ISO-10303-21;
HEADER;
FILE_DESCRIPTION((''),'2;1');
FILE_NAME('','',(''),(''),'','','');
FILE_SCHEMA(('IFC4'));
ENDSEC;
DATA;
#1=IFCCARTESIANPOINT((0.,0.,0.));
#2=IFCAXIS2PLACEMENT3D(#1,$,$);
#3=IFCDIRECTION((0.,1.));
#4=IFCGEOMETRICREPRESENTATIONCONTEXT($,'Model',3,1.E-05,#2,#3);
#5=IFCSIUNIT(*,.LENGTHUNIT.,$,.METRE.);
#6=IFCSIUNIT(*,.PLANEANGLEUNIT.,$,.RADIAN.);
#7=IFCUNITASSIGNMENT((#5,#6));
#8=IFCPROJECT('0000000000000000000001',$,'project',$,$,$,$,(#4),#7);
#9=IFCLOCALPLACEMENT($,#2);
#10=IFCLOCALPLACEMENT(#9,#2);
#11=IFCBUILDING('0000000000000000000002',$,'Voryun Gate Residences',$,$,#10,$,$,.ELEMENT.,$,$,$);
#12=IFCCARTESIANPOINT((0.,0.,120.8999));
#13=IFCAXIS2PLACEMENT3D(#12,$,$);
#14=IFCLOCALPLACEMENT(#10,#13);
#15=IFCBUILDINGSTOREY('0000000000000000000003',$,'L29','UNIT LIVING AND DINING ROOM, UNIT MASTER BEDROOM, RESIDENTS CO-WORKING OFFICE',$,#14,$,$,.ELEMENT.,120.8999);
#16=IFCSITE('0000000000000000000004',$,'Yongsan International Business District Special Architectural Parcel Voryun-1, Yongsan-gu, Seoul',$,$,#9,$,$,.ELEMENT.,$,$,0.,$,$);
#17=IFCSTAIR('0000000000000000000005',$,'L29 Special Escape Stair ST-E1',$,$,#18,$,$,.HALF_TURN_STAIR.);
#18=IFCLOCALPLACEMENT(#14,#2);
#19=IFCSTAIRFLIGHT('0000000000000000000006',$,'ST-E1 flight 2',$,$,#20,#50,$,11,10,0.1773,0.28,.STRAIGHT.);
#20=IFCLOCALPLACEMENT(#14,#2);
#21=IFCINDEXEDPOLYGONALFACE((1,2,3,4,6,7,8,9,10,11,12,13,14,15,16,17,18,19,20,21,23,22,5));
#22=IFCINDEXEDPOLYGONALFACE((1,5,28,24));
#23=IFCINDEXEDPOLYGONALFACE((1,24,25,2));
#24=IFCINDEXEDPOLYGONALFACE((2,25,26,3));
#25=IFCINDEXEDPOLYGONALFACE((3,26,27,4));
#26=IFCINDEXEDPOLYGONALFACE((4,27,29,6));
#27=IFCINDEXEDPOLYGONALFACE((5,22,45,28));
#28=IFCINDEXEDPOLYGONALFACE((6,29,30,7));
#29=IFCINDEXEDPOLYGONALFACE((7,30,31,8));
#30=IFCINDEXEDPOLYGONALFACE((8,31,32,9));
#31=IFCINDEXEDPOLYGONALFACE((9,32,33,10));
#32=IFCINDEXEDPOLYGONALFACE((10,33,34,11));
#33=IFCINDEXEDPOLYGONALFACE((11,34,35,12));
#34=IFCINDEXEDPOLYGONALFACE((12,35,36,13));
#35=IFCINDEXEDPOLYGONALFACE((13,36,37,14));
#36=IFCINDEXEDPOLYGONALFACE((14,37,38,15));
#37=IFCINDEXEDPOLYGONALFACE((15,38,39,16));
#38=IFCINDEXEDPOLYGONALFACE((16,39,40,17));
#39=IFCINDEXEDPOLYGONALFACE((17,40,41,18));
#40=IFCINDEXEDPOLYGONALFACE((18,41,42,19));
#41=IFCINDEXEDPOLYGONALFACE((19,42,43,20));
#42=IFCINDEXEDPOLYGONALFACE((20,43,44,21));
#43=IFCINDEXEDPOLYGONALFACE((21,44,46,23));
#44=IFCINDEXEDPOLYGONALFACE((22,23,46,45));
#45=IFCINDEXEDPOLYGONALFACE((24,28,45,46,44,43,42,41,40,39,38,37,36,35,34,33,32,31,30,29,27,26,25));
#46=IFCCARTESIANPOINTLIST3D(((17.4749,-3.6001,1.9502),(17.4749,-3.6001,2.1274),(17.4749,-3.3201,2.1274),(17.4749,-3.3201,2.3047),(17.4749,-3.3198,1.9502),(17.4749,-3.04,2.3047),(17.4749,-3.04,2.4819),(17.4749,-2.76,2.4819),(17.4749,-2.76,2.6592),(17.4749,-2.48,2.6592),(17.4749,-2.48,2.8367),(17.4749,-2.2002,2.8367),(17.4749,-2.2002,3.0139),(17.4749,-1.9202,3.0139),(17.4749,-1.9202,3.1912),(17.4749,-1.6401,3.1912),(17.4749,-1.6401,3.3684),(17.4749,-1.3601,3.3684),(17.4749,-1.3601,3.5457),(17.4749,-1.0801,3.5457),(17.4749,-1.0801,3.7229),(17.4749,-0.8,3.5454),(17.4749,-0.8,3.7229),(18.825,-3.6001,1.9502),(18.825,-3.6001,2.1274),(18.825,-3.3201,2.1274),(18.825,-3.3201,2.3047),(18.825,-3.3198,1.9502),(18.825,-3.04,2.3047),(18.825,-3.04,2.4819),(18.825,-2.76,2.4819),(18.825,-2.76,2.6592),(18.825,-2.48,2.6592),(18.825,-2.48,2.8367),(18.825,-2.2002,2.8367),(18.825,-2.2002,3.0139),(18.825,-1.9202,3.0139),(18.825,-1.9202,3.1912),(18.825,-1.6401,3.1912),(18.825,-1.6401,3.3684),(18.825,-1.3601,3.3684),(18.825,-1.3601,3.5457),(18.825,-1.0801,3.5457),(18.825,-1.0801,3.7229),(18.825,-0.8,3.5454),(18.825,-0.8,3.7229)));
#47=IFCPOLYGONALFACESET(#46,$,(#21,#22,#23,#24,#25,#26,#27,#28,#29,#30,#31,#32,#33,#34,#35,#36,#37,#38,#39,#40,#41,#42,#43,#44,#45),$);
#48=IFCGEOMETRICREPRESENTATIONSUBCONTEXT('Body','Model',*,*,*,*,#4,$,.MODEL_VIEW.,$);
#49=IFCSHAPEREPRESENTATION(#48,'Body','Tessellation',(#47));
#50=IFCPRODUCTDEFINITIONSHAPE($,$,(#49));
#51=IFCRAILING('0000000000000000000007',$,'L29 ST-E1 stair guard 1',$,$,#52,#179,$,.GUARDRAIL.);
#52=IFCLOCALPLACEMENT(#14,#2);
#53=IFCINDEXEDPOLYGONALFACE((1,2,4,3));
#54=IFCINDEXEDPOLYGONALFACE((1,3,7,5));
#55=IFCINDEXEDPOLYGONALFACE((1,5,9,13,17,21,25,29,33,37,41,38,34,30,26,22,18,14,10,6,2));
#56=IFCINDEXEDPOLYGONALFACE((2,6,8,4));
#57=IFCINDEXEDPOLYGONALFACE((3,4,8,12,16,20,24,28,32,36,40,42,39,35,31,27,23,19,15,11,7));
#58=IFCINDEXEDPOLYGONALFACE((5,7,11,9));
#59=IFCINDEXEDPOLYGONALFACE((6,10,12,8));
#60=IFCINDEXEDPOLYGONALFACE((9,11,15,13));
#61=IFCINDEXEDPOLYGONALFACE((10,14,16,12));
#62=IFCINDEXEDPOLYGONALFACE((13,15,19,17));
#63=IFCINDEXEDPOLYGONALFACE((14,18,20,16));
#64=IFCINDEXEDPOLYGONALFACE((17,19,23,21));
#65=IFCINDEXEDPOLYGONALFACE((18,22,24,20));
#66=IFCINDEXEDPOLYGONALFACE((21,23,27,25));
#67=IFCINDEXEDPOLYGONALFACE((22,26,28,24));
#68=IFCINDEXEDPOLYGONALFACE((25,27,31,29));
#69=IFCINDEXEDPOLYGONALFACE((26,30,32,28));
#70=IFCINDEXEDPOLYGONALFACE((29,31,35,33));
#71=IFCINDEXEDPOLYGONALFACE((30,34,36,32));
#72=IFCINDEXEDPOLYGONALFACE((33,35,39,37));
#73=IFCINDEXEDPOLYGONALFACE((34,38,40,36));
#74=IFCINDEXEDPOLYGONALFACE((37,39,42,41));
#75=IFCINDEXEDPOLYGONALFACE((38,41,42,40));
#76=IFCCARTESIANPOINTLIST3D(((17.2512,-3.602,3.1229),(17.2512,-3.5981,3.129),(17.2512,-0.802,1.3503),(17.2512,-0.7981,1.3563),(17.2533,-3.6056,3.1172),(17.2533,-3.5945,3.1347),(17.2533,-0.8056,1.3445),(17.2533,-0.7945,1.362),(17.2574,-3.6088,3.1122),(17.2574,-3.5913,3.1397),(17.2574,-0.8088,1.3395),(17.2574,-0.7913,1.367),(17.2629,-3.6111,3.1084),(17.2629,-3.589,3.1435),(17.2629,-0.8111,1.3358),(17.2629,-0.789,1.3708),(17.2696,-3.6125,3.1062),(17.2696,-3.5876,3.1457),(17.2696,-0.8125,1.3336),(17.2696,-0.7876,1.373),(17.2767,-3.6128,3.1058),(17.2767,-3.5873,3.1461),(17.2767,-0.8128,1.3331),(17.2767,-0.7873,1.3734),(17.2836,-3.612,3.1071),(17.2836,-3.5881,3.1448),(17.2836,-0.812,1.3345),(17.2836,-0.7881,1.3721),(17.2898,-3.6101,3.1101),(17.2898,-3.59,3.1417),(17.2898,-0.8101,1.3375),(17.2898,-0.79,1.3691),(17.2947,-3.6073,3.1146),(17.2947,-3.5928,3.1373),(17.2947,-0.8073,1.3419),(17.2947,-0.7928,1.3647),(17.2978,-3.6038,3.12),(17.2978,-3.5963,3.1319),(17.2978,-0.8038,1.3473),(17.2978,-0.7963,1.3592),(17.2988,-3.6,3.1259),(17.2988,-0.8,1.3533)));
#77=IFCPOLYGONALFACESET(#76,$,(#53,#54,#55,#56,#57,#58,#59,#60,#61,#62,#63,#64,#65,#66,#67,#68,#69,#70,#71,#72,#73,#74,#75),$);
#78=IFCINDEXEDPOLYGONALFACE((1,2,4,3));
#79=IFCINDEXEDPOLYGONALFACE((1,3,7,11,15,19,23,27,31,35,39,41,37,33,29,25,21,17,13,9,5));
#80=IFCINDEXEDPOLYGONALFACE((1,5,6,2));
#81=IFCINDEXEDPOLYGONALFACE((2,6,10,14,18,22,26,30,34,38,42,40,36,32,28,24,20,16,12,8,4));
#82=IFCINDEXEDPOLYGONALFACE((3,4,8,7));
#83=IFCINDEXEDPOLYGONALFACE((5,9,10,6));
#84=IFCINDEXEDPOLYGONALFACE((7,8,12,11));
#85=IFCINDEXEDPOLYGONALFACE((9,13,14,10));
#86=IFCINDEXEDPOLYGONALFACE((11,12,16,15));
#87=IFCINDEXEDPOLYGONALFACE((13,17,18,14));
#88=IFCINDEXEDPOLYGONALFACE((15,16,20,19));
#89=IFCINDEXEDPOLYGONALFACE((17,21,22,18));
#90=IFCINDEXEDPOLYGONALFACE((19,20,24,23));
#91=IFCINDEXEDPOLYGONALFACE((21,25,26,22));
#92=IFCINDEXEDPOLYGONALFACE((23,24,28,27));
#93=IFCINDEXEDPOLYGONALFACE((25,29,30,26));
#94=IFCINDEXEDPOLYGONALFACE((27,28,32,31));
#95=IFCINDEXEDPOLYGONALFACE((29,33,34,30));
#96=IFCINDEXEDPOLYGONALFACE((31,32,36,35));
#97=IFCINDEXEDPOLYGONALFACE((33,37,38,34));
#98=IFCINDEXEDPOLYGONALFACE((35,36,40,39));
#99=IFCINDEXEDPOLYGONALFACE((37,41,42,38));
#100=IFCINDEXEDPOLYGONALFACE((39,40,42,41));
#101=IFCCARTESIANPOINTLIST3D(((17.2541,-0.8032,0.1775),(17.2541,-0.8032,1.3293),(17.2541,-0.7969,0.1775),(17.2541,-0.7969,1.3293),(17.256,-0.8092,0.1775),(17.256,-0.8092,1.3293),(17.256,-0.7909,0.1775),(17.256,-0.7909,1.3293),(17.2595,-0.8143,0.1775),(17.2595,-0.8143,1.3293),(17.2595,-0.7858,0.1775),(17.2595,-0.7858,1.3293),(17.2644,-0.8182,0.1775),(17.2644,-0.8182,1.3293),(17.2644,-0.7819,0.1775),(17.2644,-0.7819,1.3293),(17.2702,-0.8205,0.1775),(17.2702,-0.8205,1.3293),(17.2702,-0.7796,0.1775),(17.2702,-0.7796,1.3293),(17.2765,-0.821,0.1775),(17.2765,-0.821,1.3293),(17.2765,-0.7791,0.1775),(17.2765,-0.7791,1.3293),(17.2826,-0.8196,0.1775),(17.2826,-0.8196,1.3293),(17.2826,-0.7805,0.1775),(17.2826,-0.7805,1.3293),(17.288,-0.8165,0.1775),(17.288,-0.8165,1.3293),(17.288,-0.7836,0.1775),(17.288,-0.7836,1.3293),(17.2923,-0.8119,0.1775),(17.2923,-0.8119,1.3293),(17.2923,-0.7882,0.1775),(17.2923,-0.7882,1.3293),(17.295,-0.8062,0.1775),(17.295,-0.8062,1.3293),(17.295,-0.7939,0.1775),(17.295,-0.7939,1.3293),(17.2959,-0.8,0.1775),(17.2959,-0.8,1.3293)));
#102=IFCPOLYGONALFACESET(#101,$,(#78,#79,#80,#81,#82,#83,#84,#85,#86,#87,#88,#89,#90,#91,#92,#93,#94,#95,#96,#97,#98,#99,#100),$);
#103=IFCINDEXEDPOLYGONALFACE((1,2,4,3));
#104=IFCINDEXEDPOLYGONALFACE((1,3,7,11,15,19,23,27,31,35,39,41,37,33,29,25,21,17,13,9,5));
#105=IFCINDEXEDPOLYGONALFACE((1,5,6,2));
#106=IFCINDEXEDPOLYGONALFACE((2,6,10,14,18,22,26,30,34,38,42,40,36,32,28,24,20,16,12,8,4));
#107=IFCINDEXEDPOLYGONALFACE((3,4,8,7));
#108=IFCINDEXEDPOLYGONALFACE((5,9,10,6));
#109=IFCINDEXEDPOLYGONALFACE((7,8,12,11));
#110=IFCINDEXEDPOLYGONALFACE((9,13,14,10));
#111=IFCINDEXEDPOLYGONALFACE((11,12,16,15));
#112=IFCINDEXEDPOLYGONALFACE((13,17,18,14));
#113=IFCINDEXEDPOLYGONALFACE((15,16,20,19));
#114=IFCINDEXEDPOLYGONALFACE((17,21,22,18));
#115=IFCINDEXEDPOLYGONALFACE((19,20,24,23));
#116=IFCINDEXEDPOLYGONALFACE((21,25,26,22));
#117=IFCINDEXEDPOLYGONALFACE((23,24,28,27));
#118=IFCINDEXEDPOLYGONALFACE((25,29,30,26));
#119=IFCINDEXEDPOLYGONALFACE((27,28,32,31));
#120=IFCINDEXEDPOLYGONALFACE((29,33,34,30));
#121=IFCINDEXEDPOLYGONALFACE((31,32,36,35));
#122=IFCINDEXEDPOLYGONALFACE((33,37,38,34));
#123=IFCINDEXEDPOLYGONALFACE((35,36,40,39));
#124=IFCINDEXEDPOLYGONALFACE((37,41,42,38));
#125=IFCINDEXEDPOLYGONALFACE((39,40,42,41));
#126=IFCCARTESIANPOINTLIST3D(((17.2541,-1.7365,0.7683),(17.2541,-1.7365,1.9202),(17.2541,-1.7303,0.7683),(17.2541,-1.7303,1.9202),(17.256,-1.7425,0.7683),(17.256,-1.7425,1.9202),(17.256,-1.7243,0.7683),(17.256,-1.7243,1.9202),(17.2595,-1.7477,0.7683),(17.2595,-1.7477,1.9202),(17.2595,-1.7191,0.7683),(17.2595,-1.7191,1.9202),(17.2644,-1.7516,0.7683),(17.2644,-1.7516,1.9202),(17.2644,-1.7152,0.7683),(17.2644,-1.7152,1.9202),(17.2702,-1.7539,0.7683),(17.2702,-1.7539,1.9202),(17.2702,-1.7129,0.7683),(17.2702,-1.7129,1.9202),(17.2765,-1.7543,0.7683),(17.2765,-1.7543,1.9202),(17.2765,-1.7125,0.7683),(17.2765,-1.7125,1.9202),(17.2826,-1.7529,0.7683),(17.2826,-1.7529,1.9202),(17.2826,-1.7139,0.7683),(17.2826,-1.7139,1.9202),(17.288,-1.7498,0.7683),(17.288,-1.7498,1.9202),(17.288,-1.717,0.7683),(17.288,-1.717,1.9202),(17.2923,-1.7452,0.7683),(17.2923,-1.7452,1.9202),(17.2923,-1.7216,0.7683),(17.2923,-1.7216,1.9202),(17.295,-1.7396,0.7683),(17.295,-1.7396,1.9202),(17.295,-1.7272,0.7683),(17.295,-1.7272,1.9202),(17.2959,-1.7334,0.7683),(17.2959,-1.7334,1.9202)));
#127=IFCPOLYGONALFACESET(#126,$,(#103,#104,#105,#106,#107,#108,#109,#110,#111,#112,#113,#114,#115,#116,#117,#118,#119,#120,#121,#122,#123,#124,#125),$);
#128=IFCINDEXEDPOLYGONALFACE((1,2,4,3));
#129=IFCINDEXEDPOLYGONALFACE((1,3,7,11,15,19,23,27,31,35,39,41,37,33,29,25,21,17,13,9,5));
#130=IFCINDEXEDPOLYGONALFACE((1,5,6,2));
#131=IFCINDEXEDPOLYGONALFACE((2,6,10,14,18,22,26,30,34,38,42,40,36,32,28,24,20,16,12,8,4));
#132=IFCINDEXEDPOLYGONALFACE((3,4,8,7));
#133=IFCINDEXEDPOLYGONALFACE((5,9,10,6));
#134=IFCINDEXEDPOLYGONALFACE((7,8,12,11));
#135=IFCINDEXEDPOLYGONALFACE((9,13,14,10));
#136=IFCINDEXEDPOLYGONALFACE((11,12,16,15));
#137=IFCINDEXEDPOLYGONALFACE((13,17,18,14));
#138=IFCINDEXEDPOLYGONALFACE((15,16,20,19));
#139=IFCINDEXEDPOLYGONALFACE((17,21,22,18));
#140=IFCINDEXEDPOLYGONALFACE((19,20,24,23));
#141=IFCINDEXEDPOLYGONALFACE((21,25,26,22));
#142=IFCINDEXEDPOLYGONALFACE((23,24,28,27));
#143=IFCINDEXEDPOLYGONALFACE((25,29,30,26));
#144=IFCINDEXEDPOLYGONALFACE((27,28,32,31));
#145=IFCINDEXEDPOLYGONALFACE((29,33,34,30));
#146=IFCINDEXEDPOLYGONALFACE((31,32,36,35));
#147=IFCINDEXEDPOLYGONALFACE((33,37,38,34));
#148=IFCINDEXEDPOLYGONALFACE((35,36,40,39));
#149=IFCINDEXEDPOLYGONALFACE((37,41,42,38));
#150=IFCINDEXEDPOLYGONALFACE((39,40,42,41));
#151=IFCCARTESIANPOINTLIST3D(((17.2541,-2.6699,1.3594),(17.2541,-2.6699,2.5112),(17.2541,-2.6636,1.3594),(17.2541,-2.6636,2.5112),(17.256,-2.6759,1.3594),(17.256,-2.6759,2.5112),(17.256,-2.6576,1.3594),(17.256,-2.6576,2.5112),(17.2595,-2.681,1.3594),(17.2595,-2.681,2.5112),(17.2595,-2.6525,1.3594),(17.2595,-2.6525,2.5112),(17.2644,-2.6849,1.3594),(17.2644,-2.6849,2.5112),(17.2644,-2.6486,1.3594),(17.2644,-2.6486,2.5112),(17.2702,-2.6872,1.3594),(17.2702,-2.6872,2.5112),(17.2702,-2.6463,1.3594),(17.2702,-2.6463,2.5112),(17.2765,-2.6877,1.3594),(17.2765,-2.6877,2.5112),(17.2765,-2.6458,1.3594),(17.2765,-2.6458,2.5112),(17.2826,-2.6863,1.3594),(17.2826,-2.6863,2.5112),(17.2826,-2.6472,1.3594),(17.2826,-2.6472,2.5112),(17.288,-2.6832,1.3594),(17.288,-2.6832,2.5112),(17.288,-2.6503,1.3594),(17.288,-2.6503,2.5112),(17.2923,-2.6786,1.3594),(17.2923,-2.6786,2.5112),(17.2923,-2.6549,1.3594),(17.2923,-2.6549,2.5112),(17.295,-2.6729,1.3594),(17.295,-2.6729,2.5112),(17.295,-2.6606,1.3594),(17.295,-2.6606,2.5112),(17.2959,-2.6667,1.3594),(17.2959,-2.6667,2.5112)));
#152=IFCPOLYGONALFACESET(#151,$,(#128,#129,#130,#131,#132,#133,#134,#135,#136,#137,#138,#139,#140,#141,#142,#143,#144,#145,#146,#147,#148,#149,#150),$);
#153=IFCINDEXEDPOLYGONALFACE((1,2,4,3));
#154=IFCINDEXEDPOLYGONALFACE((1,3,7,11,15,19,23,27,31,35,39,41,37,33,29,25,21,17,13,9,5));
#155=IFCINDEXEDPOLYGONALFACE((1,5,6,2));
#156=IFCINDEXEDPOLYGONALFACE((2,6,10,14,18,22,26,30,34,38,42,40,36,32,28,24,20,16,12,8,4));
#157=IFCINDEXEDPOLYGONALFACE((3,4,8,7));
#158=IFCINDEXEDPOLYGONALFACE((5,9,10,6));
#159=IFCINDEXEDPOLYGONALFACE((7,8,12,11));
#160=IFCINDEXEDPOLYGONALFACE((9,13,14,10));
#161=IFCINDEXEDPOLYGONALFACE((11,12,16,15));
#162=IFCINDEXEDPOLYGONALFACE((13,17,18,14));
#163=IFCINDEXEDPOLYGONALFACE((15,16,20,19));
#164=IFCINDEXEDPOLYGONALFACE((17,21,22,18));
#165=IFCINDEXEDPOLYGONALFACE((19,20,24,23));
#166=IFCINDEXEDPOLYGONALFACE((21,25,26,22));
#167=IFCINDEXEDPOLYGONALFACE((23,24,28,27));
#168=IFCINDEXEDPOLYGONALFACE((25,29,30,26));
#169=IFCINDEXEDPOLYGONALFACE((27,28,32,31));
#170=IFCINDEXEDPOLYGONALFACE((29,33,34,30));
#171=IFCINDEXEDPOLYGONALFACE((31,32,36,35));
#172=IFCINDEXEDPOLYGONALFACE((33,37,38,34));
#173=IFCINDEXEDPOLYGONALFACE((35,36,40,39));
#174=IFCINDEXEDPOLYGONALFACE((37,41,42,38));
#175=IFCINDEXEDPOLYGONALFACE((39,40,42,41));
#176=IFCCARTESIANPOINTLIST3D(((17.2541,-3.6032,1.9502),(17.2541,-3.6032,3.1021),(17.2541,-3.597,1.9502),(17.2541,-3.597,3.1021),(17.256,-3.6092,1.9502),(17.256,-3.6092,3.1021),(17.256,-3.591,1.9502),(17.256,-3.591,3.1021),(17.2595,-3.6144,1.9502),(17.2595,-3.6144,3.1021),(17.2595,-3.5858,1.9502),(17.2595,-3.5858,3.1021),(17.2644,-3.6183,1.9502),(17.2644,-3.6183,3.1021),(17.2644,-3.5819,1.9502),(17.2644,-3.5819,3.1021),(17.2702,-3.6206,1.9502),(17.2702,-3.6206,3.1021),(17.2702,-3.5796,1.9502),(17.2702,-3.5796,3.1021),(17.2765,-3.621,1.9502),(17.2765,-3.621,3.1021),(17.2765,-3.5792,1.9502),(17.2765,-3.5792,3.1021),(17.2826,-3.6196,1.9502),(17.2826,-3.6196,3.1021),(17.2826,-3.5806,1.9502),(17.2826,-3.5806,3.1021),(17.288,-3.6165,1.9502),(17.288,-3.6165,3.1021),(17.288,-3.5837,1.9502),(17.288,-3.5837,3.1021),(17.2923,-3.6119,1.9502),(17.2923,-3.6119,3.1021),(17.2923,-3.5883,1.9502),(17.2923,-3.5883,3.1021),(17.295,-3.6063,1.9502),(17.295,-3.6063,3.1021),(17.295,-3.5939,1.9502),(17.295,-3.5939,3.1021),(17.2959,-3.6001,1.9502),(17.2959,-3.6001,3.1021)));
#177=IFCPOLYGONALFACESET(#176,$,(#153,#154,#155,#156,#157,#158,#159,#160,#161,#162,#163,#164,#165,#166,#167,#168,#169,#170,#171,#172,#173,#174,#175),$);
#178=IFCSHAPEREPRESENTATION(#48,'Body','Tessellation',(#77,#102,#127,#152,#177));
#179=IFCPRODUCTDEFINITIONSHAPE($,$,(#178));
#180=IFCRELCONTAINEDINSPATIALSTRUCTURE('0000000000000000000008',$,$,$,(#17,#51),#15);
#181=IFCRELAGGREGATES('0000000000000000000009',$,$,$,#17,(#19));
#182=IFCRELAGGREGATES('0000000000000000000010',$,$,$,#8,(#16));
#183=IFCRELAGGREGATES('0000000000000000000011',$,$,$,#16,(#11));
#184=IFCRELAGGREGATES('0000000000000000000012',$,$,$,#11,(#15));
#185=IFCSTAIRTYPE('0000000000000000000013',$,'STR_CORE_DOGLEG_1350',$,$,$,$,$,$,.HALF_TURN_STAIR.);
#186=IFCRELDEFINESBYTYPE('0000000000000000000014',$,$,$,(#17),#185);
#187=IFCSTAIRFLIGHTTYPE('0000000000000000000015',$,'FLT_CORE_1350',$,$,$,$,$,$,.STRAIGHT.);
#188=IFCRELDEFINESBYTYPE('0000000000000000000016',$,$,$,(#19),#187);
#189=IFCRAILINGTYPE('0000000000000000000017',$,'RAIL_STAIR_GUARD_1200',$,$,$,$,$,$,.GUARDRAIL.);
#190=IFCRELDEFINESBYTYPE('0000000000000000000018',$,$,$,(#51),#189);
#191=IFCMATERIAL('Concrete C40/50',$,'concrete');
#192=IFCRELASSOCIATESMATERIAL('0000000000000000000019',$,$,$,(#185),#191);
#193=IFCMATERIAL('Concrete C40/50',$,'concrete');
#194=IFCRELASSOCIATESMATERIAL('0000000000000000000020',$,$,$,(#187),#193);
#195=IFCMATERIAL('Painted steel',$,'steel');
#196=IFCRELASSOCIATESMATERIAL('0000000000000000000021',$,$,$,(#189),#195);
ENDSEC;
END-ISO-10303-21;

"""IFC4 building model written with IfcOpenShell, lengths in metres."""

from ifc_helpers import new_model, si_unit, direction, frame, origin, origin_2d, place, context, subcontext, project, spatial, polyline, circle, outline, extrude, material, type_object, element, aggregate, save


model = new_model("IFC4")

# Units and contexts
model_context = context("Model", 3, precision=1e-05, world=origin(), true_north=direction((0.0, 1.0)))
body_context = subcontext(model_context, "Body", "Model", "MODEL_VIEW")
ifc_project = project(units=[si_unit("LENGTHUNIT", "METRE"), si_unit("PLANEANGLEUNIT", "RADIAN")], contexts=[model_context])

# Site, building, storey
site_placement = place(None, origin())
site = spatial("IfcSite", under=ifc_project, at=site_placement, Name="Yongsan International Business District Special Architectural Parcel Voryun-1, Yongsan-gu, Seoul", CompositionType="ELEMENT", RefElevation=0.0)
building_placement = place(site_placement, origin())
building = spatial("IfcBuilding", under=site, at=building_placement, Name="Voryun Gate Residences", CompositionType="ELEMENT")
storey_placement = place(building_placement, frame((0.0, 0.0, 120.8999)))
storey = spatial("IfcBuildingStorey", under=building, at=storey_placement, Name="L29", Description="UNIT LIVING AND DINING ROOM, UNIT MASTER BEDROOM, RESIDENTS CO-WORKING OFFICE", CompositionType="ELEMENT", Elevation=120.8999)

# Stair, stair flight
ifc_material_1 = material(Name="Concrete C40/50", Category="concrete")
stair_type = type_object("IfcStairType", Name="STR_CORE_DOGLEG_1350", PredefinedType="HALF_TURN_STAIR", material=ifc_material_1)
stair_placement = place(storey_placement, origin())
stair = element("IfcStair", 1, at=stair_placement, inside=storey, type_object=stair_type, Name="L29 Special Escape Stair ST-E1", PredefinedType="HALF_TURN_STAIR")
ifc_material_2 = material(Name="Concrete C40/50", Category="concrete")
stair_flight_type = type_object("IfcStairFlightType", Name="FLT_CORE_1350", PredefinedType="STRAIGHT", material=ifc_material_2)
stair_flight_1_placement = place(storey_placement, frame((18.1499, -3.6001, 1.9502), z_axis=(0.0, 0.0, 1.0), x_axis=(0.0, 1.0, 0.0)))
stair_flight_1 = element("IfcStairFlight", 2, at=stair_flight_1_placement, type_object=stair_flight_type, Name="ST-E1 flight 2", NumberOfRisers=11, NumberOfTreads=10, PredefinedType="STRAIGHT", RiserHeight=0.1773, TreadLength=0.28, context=body_context, shape_type="SweptSolid", body=[
    extrude(outline(polyline([(0.0, 0.0), (0.0, 0.1772), (0.28, 0.1772), (0.28, 0.3545), (0.5601, 0.3545), (0.5601, 0.5317), (0.8401, 0.5317), (0.8401, 0.709), (1.1201, 0.709), (1.1201, 0.8865), (1.3999, 0.8865), (1.3999, 1.0637), (1.6799, 1.0637), (1.6799, 1.241), (1.96, 1.241), (1.96, 1.4182), (2.24, 1.4182), (2.24, 1.5955), (2.52, 1.5955), (2.52, 1.7727), (2.8, 1.7727), (2.8, 1.95), (2.8, 1.5952), (0.2803, 0.0), (0.0, 0.0)])), frame((0.0, 0.675, 0.0), z_axis=(0.0, -1.0, 0.0), x_axis=(1.0, 0.0, 0.0)), (0.0, 0.0, 1.0), 1.3501),
])
aggregate(stair, [stair_flight_1])

# Railing
ifc_material_3 = material(Name="Painted steel", Category="steel")
railing_type_1 = type_object("IfcRailingType", Name="RAIL_STAIR_GUARD_1200", PredefinedType="GUARDRAIL", material=ifc_material_3)
railing_1_placement = place(storey_placement, frame((17.2749, -0.8, 0.1775)))
element("IfcRailing", 3, at=railing_1_placement, inside=storey, type_object=railing_type_1, Name="L29 ST-E1 stair guard 1", PredefinedType="GUARDRAIL", context=body_context, shape_type="SweptSolid", body=[
    extrude(circle(Radius=0.0239, at=origin_2d()), frame((0.0, 0.0, 1.1758), z_axis=(0.0, -0.844909, 0.53491), x_axis=(1.0, 0.0, 0.0)), (0.0, 0.0, 1.0), 3.314),
    extrude(circle(Radius=0.021, at=origin_2d()), origin(), (0.0, 0.0, 1.0), 1.1519),
    extrude(circle(Radius=0.021, at=origin_2d()), frame((0.0, -0.9333, 0.5908)), (0.0, 0.0, 1.0), 1.1519),
    extrude(circle(Radius=0.021, at=origin_2d()), frame((0.0, -1.8667, 1.1819)), (0.0, 0.0, 1.0), 1.1519),
    extrude(circle(Radius=0.021, at=origin_2d()), frame((0.0, -2.8, 1.7727)), (0.0, 0.0, 1.0), 1.1519),
])

save(model, "model.ifc")
